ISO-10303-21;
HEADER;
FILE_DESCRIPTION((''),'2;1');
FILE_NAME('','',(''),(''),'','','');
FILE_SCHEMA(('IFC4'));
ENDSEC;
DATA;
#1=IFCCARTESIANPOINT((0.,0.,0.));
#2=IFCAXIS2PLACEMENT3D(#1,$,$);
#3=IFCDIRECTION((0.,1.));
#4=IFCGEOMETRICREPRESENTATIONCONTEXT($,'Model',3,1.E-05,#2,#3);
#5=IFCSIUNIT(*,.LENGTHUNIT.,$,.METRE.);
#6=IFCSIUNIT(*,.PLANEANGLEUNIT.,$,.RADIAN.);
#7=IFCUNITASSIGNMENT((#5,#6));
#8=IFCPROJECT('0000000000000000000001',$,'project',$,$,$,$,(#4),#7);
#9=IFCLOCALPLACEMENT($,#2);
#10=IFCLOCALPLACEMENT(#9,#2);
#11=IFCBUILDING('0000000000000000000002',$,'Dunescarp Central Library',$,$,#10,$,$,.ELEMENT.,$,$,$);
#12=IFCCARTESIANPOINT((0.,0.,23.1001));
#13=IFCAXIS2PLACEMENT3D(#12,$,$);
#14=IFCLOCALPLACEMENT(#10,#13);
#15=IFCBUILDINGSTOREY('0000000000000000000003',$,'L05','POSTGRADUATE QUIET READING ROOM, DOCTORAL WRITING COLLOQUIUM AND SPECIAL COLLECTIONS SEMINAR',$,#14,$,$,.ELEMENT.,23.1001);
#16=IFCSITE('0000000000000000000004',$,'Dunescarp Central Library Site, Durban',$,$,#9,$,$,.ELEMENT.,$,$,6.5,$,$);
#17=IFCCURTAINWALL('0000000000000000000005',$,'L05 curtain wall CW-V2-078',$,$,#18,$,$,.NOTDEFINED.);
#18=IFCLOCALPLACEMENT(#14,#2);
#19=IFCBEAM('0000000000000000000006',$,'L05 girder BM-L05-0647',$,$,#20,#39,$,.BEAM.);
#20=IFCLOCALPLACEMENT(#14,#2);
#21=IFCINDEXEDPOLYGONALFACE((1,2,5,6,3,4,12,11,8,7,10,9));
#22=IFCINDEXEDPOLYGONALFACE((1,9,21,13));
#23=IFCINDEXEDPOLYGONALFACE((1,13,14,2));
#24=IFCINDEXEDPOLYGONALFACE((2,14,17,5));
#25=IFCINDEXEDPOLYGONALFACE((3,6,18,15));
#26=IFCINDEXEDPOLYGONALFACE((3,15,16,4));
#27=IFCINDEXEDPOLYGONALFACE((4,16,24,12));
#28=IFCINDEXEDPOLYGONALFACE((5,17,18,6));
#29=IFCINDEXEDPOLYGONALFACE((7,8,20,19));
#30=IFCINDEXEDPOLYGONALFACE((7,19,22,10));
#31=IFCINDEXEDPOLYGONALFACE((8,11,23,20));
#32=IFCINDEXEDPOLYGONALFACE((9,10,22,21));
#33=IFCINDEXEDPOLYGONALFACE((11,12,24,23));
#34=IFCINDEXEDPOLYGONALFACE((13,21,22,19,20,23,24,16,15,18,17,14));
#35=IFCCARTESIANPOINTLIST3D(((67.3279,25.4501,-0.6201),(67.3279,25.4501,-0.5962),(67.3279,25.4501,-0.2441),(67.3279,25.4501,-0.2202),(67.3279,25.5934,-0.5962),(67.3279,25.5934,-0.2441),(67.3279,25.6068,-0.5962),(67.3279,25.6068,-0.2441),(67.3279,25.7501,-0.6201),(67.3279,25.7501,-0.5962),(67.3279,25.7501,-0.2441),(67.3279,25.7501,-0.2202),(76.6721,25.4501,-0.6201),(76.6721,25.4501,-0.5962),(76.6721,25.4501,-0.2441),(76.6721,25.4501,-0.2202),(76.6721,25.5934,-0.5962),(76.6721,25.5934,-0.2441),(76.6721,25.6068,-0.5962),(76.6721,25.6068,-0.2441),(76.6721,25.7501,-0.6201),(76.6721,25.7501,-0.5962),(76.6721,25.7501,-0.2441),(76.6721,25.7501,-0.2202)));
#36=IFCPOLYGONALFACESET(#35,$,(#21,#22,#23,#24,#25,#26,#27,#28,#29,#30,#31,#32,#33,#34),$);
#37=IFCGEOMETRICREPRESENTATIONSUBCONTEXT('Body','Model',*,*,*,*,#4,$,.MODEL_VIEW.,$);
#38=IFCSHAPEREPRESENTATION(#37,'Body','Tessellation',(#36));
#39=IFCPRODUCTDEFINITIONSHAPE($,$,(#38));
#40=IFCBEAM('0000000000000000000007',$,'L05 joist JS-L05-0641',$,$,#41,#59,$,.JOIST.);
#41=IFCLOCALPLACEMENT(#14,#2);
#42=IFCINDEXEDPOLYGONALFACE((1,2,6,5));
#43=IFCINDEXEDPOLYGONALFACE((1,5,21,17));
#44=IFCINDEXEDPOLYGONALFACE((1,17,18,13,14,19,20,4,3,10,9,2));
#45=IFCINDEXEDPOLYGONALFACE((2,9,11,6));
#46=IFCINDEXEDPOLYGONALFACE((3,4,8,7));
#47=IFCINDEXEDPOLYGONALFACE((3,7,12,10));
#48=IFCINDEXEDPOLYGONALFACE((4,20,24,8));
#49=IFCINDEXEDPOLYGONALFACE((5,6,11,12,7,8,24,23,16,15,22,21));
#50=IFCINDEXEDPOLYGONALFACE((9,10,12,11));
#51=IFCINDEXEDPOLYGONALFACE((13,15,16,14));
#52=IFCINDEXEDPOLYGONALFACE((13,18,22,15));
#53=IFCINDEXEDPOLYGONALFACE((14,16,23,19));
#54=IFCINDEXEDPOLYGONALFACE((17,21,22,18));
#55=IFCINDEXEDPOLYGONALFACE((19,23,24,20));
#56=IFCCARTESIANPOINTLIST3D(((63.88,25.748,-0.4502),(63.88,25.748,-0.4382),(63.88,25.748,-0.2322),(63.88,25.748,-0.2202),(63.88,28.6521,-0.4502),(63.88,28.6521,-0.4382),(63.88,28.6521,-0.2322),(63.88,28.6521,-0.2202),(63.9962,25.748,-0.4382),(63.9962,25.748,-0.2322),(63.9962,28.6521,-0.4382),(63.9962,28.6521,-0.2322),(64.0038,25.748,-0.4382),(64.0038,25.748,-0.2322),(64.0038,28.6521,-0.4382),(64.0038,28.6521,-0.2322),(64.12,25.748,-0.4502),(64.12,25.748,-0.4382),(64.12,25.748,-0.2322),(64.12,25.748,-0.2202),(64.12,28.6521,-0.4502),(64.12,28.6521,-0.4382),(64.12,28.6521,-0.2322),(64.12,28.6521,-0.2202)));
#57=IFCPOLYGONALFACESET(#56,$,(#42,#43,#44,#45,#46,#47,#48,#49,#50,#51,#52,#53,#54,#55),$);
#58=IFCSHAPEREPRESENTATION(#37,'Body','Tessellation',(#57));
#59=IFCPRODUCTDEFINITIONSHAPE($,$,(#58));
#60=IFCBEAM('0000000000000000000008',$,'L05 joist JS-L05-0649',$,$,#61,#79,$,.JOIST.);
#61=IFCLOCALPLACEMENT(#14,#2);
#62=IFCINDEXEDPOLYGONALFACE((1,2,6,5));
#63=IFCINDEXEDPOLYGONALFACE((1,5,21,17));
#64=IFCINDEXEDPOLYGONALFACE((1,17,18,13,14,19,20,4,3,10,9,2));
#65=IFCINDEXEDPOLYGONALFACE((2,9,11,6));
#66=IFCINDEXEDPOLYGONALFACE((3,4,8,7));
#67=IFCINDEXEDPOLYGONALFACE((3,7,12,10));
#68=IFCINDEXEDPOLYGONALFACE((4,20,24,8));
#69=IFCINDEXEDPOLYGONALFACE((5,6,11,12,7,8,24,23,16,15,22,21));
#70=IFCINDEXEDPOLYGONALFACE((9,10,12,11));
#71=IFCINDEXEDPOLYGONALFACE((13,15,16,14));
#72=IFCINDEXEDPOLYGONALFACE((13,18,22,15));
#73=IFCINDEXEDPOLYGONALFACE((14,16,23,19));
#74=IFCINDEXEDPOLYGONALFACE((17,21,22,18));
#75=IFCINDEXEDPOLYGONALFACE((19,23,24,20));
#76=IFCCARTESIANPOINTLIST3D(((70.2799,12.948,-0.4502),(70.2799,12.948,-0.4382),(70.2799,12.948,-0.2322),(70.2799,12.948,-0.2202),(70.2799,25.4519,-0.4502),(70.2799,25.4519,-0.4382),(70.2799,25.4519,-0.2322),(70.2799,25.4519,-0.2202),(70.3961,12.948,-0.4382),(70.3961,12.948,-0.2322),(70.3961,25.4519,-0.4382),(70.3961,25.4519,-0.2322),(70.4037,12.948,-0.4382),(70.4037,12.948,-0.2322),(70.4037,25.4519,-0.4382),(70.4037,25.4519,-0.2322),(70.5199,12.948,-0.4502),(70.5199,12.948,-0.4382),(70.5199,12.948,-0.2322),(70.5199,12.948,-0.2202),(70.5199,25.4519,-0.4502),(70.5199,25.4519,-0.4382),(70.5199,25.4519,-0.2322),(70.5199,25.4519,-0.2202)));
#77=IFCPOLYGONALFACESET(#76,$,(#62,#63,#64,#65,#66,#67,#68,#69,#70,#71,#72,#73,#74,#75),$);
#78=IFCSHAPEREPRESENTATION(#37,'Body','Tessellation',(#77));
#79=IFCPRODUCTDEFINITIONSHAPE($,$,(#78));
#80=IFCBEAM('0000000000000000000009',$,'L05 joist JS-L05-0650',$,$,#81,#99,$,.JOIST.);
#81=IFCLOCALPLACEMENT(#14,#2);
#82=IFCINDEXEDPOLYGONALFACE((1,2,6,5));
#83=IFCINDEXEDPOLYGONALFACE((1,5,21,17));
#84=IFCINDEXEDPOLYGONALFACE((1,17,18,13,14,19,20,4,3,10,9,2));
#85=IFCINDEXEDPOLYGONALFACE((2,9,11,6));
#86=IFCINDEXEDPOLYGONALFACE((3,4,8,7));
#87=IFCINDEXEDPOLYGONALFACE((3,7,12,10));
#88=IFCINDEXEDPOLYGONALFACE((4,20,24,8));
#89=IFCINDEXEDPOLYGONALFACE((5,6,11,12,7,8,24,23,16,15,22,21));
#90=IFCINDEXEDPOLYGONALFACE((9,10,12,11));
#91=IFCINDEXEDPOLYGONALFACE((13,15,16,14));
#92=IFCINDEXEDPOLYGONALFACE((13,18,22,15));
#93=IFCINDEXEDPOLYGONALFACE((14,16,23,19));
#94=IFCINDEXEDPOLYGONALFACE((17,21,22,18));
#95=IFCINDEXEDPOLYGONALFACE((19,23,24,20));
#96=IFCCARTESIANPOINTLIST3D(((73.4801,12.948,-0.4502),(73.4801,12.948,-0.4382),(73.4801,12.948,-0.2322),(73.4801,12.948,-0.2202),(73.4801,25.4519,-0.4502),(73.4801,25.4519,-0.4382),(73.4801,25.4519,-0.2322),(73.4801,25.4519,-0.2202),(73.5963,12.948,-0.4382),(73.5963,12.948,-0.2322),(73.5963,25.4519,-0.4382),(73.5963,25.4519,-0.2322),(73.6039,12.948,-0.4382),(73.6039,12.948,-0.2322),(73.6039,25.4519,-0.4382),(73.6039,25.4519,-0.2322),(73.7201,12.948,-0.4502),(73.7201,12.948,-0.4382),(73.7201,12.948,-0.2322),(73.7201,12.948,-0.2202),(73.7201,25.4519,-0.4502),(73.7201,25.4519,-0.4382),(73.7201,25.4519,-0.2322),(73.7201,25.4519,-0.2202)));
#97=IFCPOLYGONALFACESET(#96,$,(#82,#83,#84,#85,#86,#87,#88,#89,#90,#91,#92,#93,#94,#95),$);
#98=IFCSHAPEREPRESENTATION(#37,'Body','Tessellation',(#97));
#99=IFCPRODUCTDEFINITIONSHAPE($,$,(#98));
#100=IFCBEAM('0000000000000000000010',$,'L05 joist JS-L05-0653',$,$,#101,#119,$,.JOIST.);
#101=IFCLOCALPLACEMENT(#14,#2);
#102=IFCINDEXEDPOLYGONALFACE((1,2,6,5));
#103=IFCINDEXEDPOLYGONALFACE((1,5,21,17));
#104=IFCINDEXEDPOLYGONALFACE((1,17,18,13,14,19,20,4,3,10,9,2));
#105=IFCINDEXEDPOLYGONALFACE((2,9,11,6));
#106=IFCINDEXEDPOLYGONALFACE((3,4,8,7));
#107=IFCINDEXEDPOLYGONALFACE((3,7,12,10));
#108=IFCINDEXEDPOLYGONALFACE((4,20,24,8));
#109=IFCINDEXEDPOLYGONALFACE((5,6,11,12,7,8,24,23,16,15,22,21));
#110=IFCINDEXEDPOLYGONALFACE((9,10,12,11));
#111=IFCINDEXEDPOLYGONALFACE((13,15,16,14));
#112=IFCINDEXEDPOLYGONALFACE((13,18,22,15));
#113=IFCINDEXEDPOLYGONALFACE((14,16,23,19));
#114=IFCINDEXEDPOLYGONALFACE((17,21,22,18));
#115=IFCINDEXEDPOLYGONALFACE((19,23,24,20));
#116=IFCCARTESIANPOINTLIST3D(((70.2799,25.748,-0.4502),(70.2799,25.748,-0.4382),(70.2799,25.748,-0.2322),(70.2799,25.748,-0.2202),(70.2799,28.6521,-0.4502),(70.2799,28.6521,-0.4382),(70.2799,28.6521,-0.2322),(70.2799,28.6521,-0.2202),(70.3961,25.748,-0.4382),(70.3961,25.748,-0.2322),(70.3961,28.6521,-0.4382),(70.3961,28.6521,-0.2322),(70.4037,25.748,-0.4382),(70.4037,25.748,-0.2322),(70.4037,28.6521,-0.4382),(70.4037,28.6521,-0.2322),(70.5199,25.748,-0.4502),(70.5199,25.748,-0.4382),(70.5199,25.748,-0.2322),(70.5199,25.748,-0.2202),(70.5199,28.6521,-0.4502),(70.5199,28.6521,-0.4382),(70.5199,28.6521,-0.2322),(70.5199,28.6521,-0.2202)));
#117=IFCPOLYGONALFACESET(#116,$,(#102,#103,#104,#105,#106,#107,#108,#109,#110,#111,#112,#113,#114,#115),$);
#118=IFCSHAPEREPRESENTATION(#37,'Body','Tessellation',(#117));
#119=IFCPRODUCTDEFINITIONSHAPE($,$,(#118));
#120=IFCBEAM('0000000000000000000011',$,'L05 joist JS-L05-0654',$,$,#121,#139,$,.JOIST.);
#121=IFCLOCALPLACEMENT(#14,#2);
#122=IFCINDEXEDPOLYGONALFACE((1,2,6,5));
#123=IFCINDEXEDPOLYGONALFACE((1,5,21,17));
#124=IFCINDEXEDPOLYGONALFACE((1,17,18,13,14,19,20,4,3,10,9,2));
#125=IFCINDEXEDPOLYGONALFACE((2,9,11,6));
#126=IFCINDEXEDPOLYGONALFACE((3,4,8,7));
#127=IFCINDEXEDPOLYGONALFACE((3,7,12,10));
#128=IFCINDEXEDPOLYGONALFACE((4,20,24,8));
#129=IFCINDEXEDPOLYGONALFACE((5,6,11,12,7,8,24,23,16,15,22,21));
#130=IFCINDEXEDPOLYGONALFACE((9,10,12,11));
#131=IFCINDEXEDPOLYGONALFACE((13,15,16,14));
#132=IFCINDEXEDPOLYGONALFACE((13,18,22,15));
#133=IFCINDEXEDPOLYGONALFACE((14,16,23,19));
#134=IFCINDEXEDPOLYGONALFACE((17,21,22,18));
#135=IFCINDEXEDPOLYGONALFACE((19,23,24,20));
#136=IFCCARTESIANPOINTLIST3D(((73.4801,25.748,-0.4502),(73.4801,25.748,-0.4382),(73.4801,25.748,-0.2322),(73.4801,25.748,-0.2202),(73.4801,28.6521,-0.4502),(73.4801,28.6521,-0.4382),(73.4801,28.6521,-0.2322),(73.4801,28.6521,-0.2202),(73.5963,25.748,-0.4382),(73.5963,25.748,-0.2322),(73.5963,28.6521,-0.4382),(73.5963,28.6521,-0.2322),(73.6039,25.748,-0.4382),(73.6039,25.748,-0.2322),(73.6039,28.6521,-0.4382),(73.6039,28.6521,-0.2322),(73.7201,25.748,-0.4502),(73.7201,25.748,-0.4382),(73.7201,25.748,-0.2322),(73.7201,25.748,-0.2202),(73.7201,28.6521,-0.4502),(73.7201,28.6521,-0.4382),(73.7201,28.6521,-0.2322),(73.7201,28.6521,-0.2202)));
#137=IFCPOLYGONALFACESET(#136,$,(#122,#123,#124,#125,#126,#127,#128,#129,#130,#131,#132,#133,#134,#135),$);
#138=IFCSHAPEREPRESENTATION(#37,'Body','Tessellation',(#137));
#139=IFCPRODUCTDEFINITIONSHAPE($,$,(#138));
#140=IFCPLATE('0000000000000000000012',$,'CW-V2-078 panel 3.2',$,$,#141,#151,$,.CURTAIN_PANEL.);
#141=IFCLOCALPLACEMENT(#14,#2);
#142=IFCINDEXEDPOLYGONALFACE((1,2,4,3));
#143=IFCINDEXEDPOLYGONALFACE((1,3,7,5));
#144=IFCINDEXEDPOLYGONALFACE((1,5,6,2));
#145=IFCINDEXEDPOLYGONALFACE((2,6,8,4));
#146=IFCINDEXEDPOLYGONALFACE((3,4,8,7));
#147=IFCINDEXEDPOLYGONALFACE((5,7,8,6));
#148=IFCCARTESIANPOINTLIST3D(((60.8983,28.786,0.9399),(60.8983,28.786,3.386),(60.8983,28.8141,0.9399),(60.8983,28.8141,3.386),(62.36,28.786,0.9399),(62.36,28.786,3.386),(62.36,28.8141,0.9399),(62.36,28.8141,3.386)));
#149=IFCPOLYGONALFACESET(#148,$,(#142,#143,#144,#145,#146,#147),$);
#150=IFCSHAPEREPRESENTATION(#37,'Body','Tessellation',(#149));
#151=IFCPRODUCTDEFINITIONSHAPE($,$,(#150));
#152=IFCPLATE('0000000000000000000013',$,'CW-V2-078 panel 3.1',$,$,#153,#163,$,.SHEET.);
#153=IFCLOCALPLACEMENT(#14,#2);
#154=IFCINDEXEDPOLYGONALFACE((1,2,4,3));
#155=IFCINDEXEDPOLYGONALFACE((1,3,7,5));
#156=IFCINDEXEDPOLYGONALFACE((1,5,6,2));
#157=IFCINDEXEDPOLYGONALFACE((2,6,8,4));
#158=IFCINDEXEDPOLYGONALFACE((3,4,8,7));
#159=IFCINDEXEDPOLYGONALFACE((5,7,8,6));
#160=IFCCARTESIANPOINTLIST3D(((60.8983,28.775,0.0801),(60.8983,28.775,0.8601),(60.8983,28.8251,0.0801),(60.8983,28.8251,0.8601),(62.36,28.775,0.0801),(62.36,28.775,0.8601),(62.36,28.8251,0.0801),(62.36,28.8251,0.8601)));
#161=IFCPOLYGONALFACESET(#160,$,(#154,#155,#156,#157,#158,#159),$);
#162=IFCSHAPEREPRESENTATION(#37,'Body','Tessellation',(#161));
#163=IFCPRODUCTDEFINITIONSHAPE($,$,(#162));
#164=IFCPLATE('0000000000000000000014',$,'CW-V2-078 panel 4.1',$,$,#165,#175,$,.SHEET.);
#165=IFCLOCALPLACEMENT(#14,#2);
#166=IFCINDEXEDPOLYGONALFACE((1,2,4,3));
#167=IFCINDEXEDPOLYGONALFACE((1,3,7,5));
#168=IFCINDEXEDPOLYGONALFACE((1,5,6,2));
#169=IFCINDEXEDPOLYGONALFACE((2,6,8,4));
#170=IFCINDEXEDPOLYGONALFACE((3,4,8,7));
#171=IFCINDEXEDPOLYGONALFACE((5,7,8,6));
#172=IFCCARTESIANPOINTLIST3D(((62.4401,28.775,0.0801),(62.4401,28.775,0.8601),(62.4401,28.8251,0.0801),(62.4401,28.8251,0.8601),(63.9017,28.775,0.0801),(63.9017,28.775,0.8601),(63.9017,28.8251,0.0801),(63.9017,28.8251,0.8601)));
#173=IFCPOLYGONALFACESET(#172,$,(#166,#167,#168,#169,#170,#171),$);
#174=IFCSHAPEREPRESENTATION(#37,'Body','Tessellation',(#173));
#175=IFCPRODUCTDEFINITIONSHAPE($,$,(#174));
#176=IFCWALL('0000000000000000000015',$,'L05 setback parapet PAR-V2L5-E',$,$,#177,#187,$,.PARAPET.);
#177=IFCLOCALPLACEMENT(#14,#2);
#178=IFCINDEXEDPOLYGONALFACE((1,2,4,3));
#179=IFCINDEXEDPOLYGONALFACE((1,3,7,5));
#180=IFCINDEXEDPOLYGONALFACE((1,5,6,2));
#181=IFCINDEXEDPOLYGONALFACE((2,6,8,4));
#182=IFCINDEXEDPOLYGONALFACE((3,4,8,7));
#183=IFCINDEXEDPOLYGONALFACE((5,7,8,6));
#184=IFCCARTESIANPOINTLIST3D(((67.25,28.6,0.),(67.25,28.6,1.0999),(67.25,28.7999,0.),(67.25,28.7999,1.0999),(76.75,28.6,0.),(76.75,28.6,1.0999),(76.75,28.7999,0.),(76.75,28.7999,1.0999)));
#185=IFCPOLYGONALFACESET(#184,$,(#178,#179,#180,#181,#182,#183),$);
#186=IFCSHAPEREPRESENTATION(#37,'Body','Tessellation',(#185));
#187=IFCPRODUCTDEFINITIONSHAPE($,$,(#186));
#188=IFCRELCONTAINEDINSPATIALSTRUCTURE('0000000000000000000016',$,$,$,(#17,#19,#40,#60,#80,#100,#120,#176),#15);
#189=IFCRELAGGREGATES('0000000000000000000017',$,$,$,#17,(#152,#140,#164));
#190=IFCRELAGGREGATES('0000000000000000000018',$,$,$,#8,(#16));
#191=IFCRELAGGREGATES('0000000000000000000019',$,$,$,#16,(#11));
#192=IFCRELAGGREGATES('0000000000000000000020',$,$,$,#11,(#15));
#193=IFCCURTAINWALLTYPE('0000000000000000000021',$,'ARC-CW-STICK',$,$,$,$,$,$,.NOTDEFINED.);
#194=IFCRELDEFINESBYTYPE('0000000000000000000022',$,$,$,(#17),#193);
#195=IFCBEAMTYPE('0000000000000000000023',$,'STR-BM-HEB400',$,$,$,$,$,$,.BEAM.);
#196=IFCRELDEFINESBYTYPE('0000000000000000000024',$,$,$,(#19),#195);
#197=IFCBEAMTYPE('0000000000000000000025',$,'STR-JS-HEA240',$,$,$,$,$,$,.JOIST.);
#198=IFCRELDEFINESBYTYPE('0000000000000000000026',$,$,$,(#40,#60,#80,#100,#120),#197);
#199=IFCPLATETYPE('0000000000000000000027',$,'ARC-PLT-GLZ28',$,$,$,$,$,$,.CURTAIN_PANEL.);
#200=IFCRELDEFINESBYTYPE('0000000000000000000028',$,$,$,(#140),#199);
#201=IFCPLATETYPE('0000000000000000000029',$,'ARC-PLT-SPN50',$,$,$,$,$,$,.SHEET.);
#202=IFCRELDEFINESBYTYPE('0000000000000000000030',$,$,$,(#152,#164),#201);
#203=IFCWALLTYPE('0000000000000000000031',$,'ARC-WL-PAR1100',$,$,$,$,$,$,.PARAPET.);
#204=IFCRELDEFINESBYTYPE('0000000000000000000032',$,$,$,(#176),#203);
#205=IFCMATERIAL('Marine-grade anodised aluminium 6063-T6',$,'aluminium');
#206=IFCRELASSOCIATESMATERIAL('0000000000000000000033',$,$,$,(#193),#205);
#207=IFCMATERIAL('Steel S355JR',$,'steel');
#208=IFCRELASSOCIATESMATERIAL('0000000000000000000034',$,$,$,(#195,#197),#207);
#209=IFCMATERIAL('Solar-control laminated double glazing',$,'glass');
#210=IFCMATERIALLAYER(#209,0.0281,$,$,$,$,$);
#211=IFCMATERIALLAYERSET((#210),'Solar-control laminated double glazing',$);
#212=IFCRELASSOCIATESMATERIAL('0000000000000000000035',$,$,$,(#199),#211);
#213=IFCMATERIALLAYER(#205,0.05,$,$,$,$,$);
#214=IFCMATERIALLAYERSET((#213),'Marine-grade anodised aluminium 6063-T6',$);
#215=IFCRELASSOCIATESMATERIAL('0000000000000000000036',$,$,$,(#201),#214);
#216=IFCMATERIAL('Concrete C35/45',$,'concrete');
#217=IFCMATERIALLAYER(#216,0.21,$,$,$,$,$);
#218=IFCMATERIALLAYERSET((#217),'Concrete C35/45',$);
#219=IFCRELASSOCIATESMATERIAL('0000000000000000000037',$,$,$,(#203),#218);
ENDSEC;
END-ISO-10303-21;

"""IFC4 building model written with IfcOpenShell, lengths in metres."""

from ifc_helpers import new_model, si_unit, direction, frame, frame_2d, origin, origin_2d, place, context, subcontext, project, spatial, rectangle, i_section, extrude, material, layer, layer_set, material_profile, profile_set, type_object, element, aggregate, save


model = new_model("IFC4")

# Units and contexts
model_context = context("Model", 3, precision=1e-05, world=origin(), true_north=direction((0.0, 1.0)))
body_context = subcontext(model_context, "Body", "Model", "MODEL_VIEW")
ifc_project = project(units=[si_unit("LENGTHUNIT", "METRE"), si_unit("PLANEANGLEUNIT", "RADIAN")], contexts=[model_context])

# Site, building, storey
site_placement = place(None, origin())
site = spatial("IfcSite", under=ifc_project, at=site_placement, Name="Dunescarp Central Library Site, Durban", CompositionType="ELEMENT", RefElevation=6.5)
building_placement = place(site_placement, origin())
building = spatial("IfcBuilding", under=site, at=building_placement, Name="Dunescarp Central Library", CompositionType="ELEMENT")
storey_placement = place(building_placement, frame((0.0, 0.0, 23.1001)))
storey = spatial("IfcBuildingStorey", under=building, at=storey_placement, Name="L05", Description="POSTGRADUATE QUIET READING ROOM, DOCTORAL WRITING COLLOQUIUM AND SPECIAL COLLECTIONS SEMINAR", CompositionType="ELEMENT", Elevation=23.1001)

# Shared definitions
ifc_material_1 = material(Name="Steel S355JR", Category="steel")

# Curtain wall
ifc_material_2 = material(Name="Marine-grade anodised aluminium 6063-T6", Category="aluminium")
curtain_wall_type = type_object("IfcCurtainWallType", Name="ARC-CW-STICK", PredefinedType="NOTDEFINED", material=ifc_material_2)
curtain_wall_placement = place(storey_placement, origin())
curtain_wall = element("IfcCurtainWall", 1, at=curtain_wall_placement, inside=storey, type_object=curtain_wall_type, Name="L05 curtain wall CW-V2-078", PredefinedType="NOTDEFINED")

# Beams
ifc_material_profile_1 = material_profile(ifc_material_1, i_section(OverallWidth=0.3, OverallDepth=0.3999, WebThickness=0.0134, FlangeThickness=0.0239, at=origin_2d()), Name="HEB 400")
ifc_profile_set_1 = profile_set([ifc_material_profile_1], Name="Steel S355JR")
beam_type_1 = type_object("IfcBeamType", Name="STR-BM-HEB400", PredefinedType="BEAM", material=ifc_profile_set_1)
beam_1_placement = place(storey_placement, frame((67.3279, 25.6001, -0.4202), z_axis=(1.0, 0.0, 0.0), x_axis=(0.0, 1.0, 0.0)))
element("IfcBeam", 2, at=beam_1_placement, inside=storey, type_object=beam_type_1, Name="L05 girder BM-L05-0647", PredefinedType="BEAM", context=body_context, shape_type="SweptSolid", body=[
    extrude(i_section(OverallWidth=0.3, OverallDepth=0.3999, WebThickness=0.0134, FlangeThickness=0.0239, at=origin_2d()), origin(), (0.0, 0.0, 1.0), 9.3442),
])
ifc_material_profile_2 = material_profile(ifc_material_1, i_section(OverallWidth=0.24, OverallDepth=0.23, WebThickness=0.0076, FlangeThickness=0.012, at=origin_2d()), Name="HEA 240")
ifc_profile_set_2 = profile_set([ifc_material_profile_2], Name="Steel S355JR")
beam_type_2 = type_object("IfcBeamType", Name="STR-JS-HEA240", PredefinedType="JOIST", material=ifc_profile_set_2)
beam_2_placement = place(storey_placement, frame((64.0, 25.748, -0.3352), z_axis=(0.0, 1.0, 0.0), x_axis=(-1.0, 0.0, 0.0)))
element("IfcBeam", 3, at=beam_2_placement, inside=storey, type_object=beam_type_2, Name="L05 joist JS-L05-0641", PredefinedType="JOIST", context=body_context, shape_type="SweptSolid", body=[
    extrude(i_section(OverallWidth=0.24, OverallDepth=0.23, WebThickness=0.0076, FlangeThickness=0.012, at=origin_2d()), origin(), (0.0, 0.0, 1.0), 2.9041),
])
for number, where, z_axis, x_axis, name in (
    (4, (70.3999, 12.948, -0.3352), (0.0, 1.0, 0.0), (-1.0, 0.0, 0.0), "L05 joist JS-L05-0649"),
    (5, (73.6001, 12.948, -0.3352), (0.0, 1.0, 0.0), (-1.0, 0.0, 0.0), "L05 joist JS-L05-0650"),
):
    element("IfcBeam", number, at=place(storey_placement, frame(where, z_axis=z_axis, x_axis=x_axis)), inside=storey, type_object=beam_type_2, Name=name, PredefinedType="JOIST", context=body_context, shape_type="SweptSolid", body=[
        extrude(i_section(OverallWidth=0.24, OverallDepth=0.23, WebThickness=0.0076, FlangeThickness=0.012, at=origin_2d()), origin(), (0.0, 0.0, 1.0), 12.5039),
    ])
for number, where, z_axis, x_axis, name in (
    (6, (70.3999, 25.748, -0.3352), (0.0, 1.0, 0.0), (-1.0, 0.0, 0.0), "L05 joist JS-L05-0653"),
    (7, (73.6001, 25.748, -0.3352), (0.0, 1.0, 0.0), (-1.0, 0.0, 0.0), "L05 joist JS-L05-0654"),
):
    element("IfcBeam", number, at=place(storey_placement, frame(where, z_axis=z_axis, x_axis=x_axis)), inside=storey, type_object=beam_type_2, Name=name, PredefinedType="JOIST", context=body_context, shape_type="SweptSolid", body=[
        extrude(i_section(OverallWidth=0.24, OverallDepth=0.23, WebThickness=0.0076, FlangeThickness=0.012, at=origin_2d()), origin(), (0.0, 0.0, 1.0), 2.9041),
    ])

# Plates
ifc_material_3 = material(Name="Solar-control laminated double glazing", Category="glass")
ifc_layer_1 = layer(ifc_material_3, 0.0281)
ifc_layer_set_1 = layer_set([ifc_layer_1], Name="Solar-control laminated double glazing")
plate_type_1 = type_object("IfcPlateType", Name="ARC-PLT-GLZ28", PredefinedType="CURTAIN_PANEL", material=ifc_layer_set_1)
plate_1_placement = place(storey_placement, frame((61.6292, 28.8, 0.9399), z_axis=(0.0, 0.0, 1.0), x_axis=(1.0, 0.0, 0.0)))
plate_1 = element("IfcPlate", 8, at=plate_1_placement, type_object=plate_type_1, Name="CW-V2-078 panel 3.2", PredefinedType="CURTAIN_PANEL", context=body_context, shape_type="SweptSolid", body=[
    extrude(rectangle(XDim=1.4617, YDim=0.0281, at=origin_2d()), origin(), (0.0, 0.0, 1.0), 2.446),
])
ifc_layer_2 = layer(ifc_material_2, 0.05)
ifc_layer_set_2 = layer_set([ifc_layer_2], Name="Marine-grade anodised aluminium 6063-T6")
plate_type_2 = type_object("IfcPlateType", Name="ARC-PLT-SPN50", PredefinedType="SHEET", material=ifc_layer_set_2)
plate_2_placement = place(storey_placement, frame((61.6292, 28.8, 0.0801), z_axis=(0.0, 0.0, 1.0), x_axis=(1.0, 0.0, 0.0)))
plate_2 = element("IfcPlate", 9, at=plate_2_placement, type_object=plate_type_2, Name="CW-V2-078 panel 3.1", PredefinedType="SHEET", context=body_context, shape_type="SweptSolid", body=[
    extrude(rectangle(XDim=1.4617, YDim=0.05, at=origin_2d()), origin(), (0.0, 0.0, 1.0), 0.78),
])
plate_3_placement = place(storey_placement, frame((63.1709, 28.8, 0.0801), z_axis=(0.0, 0.0, 1.0), x_axis=(1.0, 0.0, 0.0)))
plate_3 = element("IfcPlate", 10, at=plate_3_placement, type_object=plate_type_2, Name="CW-V2-078 panel 4.1", PredefinedType="SHEET", context=body_context, shape_type="SweptSolid", body=[
    extrude(rectangle(XDim=1.4617, YDim=0.05, at=origin_2d()), origin(), (0.0, 0.0, 1.0), 0.78),
])
aggregate(curtain_wall, [plate_2, plate_1, plate_3])

# Wall
ifc_material_4 = material(Name="Concrete C35/45", Category="concrete")
ifc_layer_3 = layer(ifc_material_4, 0.21)
ifc_layer_set_3 = layer_set([ifc_layer_3], Name="Concrete C35/45")
wall_type_1 = type_object("IfcWallType", Name="ARC-WL-PAR1100", PredefinedType="PARAPET", material=ifc_layer_set_3)
wall_1_placement = place(storey_placement, frame((67.25, 28.7, 0.0), z_axis=(0.0, 0.0, 1.0), x_axis=(1.0, 0.0, 0.0)))
element("IfcWall", 11, at=wall_1_placement, inside=storey, type_object=wall_type_1, Name="L05 setback parapet PAR-V2L5-E", PredefinedType="PARAPET", context=body_context, shape_type="SweptSolid", body=[
    extrude(rectangle(XDim=9.5, YDim=0.2, at=frame_2d((4.75, 0.0))), origin(), (0.0, 0.0, 1.0), 1.0999),
])

save(model, "model.ifc")
